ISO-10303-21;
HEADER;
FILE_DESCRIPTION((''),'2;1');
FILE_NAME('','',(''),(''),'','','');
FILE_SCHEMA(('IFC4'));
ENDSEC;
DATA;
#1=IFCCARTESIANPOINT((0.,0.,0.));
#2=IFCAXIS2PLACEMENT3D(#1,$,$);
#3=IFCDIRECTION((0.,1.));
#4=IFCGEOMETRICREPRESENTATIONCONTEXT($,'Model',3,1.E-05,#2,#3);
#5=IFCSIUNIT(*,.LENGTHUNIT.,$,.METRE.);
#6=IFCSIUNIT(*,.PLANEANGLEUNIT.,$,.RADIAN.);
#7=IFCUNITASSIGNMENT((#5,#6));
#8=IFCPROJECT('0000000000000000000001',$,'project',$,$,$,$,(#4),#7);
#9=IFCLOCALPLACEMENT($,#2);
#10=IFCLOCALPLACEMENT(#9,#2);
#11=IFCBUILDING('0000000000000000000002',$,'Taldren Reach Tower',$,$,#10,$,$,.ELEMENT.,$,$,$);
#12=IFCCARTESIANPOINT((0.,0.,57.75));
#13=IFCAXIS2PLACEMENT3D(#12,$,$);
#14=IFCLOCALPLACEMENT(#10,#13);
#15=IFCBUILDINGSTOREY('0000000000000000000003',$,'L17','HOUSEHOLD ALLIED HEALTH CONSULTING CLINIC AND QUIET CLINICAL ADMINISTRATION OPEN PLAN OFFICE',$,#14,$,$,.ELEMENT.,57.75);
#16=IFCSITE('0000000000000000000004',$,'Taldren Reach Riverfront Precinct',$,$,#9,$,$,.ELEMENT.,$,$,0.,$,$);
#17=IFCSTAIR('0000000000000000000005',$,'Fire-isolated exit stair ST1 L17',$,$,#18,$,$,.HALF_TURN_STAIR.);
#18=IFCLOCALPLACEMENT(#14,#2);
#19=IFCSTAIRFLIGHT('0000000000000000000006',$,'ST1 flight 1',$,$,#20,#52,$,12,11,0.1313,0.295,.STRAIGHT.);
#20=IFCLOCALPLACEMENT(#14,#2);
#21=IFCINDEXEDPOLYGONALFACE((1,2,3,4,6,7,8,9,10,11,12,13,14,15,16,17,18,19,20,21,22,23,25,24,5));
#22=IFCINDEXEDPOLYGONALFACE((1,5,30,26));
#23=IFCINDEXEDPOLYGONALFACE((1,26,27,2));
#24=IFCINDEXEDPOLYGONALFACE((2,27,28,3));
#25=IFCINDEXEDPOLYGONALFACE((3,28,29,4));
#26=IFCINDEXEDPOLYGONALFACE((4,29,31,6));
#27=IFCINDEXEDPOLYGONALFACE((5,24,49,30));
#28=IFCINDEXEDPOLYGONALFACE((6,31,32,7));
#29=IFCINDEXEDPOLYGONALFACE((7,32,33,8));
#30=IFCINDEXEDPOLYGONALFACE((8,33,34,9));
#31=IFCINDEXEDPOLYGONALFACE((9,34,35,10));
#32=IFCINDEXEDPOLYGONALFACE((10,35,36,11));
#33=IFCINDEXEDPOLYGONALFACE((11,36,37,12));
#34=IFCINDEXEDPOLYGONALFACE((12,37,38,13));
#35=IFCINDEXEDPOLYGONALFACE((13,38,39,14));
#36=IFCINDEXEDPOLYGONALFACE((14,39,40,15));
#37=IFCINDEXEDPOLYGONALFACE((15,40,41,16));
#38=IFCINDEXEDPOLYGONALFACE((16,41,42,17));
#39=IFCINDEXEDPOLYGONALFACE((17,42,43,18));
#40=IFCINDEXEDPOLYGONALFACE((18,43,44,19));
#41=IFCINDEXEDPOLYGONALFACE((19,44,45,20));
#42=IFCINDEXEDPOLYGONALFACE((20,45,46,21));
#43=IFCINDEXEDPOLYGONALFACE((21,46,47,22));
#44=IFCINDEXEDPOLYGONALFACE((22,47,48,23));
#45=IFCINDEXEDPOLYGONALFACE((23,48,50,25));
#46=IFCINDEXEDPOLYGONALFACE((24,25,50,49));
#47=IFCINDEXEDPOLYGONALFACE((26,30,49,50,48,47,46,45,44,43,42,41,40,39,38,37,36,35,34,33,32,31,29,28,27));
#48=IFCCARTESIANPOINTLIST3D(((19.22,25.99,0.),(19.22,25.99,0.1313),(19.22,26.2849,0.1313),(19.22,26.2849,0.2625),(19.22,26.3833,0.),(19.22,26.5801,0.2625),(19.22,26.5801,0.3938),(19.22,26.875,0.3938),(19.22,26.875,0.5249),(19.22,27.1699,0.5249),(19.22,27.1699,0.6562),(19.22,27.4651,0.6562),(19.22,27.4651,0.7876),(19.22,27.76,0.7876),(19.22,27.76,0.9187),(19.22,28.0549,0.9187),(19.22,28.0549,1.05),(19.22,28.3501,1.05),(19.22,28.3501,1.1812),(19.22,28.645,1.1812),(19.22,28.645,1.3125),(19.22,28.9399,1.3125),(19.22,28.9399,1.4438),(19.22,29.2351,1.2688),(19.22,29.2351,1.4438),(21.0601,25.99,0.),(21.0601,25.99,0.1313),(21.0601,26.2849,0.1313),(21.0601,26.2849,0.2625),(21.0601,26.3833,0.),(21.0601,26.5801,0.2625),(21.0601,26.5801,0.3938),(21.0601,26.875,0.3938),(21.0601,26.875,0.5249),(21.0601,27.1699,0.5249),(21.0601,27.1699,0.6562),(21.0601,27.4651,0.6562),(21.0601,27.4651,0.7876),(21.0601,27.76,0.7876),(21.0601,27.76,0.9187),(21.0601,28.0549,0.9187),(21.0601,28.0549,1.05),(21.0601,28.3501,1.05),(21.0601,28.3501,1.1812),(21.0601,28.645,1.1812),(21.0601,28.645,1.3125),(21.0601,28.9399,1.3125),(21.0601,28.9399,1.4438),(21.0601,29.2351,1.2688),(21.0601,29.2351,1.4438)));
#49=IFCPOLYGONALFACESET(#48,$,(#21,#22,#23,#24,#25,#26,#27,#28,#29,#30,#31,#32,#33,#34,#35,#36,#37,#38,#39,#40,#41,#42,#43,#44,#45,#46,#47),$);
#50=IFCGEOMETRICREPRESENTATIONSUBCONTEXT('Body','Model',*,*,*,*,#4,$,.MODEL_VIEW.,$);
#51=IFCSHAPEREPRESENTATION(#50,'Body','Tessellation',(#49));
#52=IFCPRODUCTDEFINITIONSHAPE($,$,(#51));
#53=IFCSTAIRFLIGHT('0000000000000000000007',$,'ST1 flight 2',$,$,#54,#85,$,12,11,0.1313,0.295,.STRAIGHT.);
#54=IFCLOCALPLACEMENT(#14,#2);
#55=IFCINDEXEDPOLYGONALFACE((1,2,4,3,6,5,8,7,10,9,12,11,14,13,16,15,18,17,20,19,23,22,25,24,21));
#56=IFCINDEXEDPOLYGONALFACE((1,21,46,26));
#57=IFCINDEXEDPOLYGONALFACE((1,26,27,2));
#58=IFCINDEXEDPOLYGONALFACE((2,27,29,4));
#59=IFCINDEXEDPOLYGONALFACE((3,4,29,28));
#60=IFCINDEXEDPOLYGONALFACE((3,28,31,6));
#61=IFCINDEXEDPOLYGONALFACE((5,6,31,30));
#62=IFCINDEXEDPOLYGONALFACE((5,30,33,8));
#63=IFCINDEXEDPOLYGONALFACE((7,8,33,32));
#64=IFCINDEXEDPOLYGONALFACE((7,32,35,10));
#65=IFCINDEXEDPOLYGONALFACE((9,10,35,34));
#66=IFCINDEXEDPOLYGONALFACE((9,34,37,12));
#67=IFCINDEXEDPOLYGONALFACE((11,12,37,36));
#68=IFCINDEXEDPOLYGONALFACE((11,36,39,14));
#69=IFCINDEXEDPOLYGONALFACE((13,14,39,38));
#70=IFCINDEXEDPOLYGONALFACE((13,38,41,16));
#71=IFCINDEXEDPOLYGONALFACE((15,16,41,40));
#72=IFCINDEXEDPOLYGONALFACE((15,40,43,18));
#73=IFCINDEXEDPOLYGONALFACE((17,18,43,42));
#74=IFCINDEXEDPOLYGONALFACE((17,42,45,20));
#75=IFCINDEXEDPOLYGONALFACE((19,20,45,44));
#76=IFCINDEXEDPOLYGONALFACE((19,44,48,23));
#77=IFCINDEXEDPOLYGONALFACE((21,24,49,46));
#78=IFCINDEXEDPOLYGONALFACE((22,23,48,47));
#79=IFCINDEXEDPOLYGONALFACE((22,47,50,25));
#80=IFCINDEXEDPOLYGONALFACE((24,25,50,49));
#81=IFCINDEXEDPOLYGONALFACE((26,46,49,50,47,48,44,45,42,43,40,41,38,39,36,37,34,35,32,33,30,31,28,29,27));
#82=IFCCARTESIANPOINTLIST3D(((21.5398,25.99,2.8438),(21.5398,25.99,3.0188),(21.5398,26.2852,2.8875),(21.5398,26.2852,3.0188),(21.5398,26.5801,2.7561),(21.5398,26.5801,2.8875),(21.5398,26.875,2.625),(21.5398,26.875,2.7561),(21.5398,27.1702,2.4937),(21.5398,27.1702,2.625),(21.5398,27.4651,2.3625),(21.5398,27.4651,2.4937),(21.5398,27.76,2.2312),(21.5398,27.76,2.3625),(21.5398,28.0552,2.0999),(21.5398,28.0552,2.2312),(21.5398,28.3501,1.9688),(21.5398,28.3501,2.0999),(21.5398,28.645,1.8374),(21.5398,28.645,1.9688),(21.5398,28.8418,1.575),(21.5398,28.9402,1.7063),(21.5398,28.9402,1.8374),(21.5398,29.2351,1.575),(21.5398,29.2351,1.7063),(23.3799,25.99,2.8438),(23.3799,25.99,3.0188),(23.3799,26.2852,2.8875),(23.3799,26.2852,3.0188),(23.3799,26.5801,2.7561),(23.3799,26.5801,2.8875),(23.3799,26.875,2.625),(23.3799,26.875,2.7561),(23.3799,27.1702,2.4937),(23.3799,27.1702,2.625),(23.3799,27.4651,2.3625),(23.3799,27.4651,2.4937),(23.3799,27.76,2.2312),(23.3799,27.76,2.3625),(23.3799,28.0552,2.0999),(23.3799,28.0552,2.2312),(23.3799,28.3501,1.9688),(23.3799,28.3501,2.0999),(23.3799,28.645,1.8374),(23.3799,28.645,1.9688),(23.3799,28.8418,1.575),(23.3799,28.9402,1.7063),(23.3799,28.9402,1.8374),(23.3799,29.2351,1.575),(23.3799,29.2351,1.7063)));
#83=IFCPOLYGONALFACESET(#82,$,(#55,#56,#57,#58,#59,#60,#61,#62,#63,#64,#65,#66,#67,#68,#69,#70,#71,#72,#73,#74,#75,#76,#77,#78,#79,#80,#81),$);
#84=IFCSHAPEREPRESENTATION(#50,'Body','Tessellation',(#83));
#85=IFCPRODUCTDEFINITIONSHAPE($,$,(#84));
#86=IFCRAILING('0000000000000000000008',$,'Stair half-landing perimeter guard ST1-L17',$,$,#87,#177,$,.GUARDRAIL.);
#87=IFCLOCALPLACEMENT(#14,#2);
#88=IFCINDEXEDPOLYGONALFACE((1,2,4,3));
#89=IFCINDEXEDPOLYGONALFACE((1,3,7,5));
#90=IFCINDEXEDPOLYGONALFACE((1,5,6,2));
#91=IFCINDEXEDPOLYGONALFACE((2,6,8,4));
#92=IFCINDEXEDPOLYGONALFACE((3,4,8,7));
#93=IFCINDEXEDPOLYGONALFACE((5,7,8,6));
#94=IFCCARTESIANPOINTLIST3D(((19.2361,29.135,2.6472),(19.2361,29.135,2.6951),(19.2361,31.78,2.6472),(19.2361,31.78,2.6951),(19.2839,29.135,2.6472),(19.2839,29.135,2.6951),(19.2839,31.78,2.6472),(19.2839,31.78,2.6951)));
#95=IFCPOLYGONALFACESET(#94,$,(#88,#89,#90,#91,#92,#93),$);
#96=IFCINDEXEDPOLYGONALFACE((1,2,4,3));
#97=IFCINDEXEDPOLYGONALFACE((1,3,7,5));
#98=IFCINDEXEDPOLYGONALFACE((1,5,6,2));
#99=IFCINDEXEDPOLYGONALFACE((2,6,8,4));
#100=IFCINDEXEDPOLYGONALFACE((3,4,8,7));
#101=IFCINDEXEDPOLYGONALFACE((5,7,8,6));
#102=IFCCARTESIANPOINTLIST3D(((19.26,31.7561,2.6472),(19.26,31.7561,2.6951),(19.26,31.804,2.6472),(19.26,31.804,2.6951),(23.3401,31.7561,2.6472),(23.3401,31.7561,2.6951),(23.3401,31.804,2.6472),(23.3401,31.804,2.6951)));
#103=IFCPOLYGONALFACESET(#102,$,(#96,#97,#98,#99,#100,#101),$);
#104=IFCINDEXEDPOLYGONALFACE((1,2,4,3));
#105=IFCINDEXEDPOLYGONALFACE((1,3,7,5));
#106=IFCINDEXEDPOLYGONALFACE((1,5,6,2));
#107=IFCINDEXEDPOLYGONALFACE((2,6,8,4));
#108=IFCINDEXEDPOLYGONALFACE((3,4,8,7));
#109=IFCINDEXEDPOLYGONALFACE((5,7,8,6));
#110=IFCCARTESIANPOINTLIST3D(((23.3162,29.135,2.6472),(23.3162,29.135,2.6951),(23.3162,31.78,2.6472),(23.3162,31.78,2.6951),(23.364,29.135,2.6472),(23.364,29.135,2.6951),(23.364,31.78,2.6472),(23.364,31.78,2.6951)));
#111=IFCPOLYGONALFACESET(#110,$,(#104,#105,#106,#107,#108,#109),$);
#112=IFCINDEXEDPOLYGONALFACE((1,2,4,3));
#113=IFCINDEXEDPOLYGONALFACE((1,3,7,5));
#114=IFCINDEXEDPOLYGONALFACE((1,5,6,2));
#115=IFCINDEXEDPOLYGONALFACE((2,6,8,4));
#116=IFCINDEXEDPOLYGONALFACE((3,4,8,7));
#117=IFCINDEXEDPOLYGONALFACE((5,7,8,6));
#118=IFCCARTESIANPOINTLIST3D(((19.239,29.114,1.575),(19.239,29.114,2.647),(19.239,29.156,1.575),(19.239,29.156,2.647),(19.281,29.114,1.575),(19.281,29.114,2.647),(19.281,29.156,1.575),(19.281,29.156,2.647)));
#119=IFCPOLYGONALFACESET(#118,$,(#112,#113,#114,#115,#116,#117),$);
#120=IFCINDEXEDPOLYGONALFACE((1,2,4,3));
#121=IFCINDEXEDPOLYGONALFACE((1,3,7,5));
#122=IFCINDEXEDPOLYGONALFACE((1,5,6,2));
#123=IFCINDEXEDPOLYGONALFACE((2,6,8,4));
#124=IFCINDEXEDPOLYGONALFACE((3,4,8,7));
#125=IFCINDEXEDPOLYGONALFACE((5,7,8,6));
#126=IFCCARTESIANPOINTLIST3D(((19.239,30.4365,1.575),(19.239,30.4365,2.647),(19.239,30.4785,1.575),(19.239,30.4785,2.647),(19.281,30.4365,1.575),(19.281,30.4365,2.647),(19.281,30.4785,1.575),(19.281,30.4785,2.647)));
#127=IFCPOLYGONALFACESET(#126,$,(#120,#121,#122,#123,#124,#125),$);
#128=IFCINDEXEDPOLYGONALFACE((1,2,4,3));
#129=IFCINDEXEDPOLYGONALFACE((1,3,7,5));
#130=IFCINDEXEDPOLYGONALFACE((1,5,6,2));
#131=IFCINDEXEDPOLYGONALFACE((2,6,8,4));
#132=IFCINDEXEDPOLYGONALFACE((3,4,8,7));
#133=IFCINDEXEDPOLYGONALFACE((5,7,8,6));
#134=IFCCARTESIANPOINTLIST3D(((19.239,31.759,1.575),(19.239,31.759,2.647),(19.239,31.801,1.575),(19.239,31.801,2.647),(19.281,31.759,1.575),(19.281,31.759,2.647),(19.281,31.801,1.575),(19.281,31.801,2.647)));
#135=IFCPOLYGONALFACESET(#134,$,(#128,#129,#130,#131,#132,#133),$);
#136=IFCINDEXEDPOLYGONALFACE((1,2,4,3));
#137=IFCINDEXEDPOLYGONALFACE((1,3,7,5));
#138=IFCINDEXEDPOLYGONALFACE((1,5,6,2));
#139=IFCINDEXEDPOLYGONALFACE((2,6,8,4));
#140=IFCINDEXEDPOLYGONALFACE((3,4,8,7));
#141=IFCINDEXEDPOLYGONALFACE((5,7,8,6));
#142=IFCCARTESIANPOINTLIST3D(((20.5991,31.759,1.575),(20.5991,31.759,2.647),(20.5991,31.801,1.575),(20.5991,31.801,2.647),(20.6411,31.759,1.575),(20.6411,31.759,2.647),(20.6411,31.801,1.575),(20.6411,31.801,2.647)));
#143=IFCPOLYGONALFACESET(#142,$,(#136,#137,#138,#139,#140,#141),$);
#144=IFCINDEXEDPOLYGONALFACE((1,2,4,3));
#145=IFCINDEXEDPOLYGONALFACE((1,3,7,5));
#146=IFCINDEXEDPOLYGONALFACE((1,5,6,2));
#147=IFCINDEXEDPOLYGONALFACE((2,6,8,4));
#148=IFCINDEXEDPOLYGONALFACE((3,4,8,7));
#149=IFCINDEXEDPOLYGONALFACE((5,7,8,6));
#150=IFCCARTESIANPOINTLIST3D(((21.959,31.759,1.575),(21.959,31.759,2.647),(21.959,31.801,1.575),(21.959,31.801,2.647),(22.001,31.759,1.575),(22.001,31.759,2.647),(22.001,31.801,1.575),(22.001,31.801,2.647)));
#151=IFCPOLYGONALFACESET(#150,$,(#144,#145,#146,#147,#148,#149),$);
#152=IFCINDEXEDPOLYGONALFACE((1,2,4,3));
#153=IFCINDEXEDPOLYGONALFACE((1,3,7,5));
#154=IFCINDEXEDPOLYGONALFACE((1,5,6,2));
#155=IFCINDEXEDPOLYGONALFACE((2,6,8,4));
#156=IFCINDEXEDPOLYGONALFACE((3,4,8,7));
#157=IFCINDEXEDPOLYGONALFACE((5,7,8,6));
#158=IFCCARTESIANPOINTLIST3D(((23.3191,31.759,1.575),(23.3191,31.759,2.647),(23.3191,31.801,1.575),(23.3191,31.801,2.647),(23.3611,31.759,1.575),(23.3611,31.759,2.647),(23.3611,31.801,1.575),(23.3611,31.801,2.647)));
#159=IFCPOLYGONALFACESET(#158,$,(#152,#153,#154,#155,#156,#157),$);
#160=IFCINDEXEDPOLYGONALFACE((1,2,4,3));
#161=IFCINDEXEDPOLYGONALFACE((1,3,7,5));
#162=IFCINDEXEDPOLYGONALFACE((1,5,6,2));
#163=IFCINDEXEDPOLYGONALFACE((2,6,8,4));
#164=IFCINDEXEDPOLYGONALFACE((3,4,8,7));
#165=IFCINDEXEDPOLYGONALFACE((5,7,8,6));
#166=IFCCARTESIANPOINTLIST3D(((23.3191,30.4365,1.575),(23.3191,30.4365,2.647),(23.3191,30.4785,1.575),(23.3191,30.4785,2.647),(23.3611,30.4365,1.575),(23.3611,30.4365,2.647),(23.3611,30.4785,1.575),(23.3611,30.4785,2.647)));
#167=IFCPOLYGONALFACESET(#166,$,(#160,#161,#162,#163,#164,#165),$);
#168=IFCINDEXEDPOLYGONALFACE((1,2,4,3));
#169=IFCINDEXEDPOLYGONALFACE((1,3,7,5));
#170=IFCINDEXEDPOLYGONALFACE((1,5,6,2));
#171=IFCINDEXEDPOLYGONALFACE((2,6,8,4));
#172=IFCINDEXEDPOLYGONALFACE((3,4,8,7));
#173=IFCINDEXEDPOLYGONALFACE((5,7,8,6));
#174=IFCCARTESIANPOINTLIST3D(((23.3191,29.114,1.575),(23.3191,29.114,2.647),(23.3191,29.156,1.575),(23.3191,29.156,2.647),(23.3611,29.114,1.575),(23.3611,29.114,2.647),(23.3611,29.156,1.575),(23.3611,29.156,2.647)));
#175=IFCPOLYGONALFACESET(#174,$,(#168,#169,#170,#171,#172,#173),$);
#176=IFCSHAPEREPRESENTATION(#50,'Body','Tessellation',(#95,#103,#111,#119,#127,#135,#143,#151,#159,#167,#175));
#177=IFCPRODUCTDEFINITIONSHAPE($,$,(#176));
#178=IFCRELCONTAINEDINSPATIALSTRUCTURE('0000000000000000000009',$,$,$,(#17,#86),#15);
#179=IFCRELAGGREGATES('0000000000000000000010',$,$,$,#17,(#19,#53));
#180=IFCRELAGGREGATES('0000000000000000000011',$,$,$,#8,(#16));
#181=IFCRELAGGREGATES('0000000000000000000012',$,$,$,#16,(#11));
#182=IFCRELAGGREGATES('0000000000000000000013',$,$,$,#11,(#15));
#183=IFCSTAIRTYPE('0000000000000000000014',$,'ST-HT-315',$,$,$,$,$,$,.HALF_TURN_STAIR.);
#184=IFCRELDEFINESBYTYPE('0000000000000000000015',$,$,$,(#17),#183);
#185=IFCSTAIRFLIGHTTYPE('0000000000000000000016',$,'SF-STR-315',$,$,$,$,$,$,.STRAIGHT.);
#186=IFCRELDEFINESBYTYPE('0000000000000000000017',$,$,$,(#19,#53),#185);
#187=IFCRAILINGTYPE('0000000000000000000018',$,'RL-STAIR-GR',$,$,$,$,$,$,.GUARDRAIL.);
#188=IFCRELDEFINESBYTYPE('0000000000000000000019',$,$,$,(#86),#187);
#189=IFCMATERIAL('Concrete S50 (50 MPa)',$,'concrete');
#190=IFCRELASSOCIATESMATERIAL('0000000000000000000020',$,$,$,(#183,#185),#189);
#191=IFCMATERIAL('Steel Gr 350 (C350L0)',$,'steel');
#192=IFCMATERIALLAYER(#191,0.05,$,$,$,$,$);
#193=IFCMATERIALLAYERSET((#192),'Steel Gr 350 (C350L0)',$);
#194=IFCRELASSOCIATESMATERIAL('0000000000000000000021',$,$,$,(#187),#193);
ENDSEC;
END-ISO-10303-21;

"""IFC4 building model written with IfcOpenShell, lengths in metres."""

from ifc_helpers import new_model, si_unit, direction, frame, origin, origin_2d, place, context, subcontext, project, spatial, polyline, rectangle, outline, extrude, material, layer, layer_set, type_object, element, aggregate, save


model = new_model("IFC4")

# Units and contexts
model_context = context("Model", 3, precision=1e-05, world=origin(), true_north=direction((0.0, 1.0)))
body_context = subcontext(model_context, "Body", "Model", "MODEL_VIEW")
ifc_project = project(units=[si_unit("LENGTHUNIT", "METRE"), si_unit("PLANEANGLEUNIT", "RADIAN")], contexts=[model_context])

# Site, building, storey
site_placement = place(None, origin())
site = spatial("IfcSite", under=ifc_project, at=site_placement, Name="Taldren Reach Riverfront Precinct", CompositionType="ELEMENT", RefElevation=0.0)
building_placement = place(site_placement, origin())
building = spatial("IfcBuilding", under=site, at=building_placement, Name="Taldren Reach Tower", CompositionType="ELEMENT")
storey_placement = place(building_placement, frame((0.0, 0.0, 57.75)))
storey = spatial("IfcBuildingStorey", under=building, at=storey_placement, Name="L17", Description="HOUSEHOLD ALLIED HEALTH CONSULTING CLINIC AND QUIET CLINICAL ADMINISTRATION OPEN PLAN OFFICE", CompositionType="ELEMENT", Elevation=57.75)

# Shared definitions
ifc_material_1 = material(Name="Steel Gr 350 (C350L0)", Category="steel")

# Shared definitions
ifc_material_2 = material(Name="Concrete S50 (50 MPa)", Category="concrete")

# Stair, stair flights
stair_type = type_object("IfcStairType", Name="ST-HT-315", PredefinedType="HALF_TURN_STAIR", material=ifc_material_2)
stair_placement = place(storey_placement, origin())
stair = element("IfcStair", 1, at=stair_placement, inside=storey, type_object=stair_type, Name="Fire-isolated exit stair ST1 L17", PredefinedType="HALF_TURN_STAIR")
stair_flight_type = type_object("IfcStairFlightType", Name="SF-STR-315", PredefinedType="STRAIGHT", material=ifc_material_2)
stair_flight_1_placement = place(storey_placement, frame((20.1399, 25.99, 0.0), z_axis=(0.0, 0.0, 1.0), x_axis=(0.0, 1.0, 0.0)))
stair_flight_1 = element("IfcStairFlight", 2, at=stair_flight_1_placement, type_object=stair_flight_type, Name="ST1 flight 1", NumberOfRisers=12, NumberOfTreads=11, PredefinedType="STRAIGHT", RiserHeight=0.1313, TreadLength=0.295, context=body_context, shape_type="SweptSolid", body=[
    extrude(outline(polyline([(0.0, 0.0), (0.0, 0.1313), (0.2949, 0.1313), (0.2949, 0.2625), (0.5901, 0.2625), (0.5901, 0.3938), (0.885, 0.3938), (0.885, 0.5249), (1.1799, 0.5249), (1.1799, 0.6562), (1.4751, 0.6562), (1.4751, 0.7876), (1.77, 0.7876), (1.77, 0.9187), (2.0649, 0.9187), (2.0649, 1.05), (2.3601, 1.05), (2.3601, 1.1812), (2.655, 1.1812), (2.655, 1.3125), (2.95, 1.3125), (2.95, 1.4438), (3.2451, 1.4438), (3.2451, 1.575), (3.2451, 1.2688), (0.3933, 0.0), (0.0, 0.0)])), frame((0.0, 0.9199, 0.0), z_axis=(0.0, -1.0, 0.0), x_axis=(1.0, 0.0, 0.0)), (0.0, 0.0, 1.0), 1.8401),
])
stair_flight_2_placement = place(storey_placement, frame((22.46, 29.2351, 1.575), z_axis=(0.0, 0.0, 1.0), x_axis=(0.0, -1.0, 0.0)))
stair_flight_2 = element("IfcStairFlight", 3, at=stair_flight_2_placement, type_object=stair_flight_type, Name="ST1 flight 2", NumberOfRisers=12, NumberOfTreads=11, PredefinedType="STRAIGHT", RiserHeight=0.1313, TreadLength=0.295, context=body_context, shape_type="SweptSolid", body=[
    extrude(outline(polyline([(0.0, 0.0), (0.0, 0.1313), (0.2949, 0.1313), (0.2949, 0.2625), (0.5901, 0.2625), (0.5901, 0.3938), (0.885, 0.3938), (0.885, 0.5249), (1.1799, 0.5249), (1.1799, 0.6562), (1.4751, 0.6562), (1.4751, 0.7876), (1.77, 0.7876), (1.77, 0.9187), (2.0649, 0.9187), (2.0649, 1.05), (2.3601, 1.05), (2.3601, 1.1812), (2.655, 1.1812), (2.655, 1.3125), (2.95, 1.3125), (2.95, 1.4438), (3.2451, 1.4438), (3.2451, 1.575), (3.2451, 1.2688), (0.3933, 0.0), (0.0, 0.0)])), frame((0.0, 0.9199, 0.0), z_axis=(0.0, -1.0, 0.0), x_axis=(1.0, 0.0, 0.0)), (0.0, 0.0, 1.0), 1.8401),
])
aggregate(stair, [stair_flight_1, stair_flight_2])

# Railing
ifc_layer_1 = layer(ifc_material_1, 0.05)
ifc_layer_set_1 = layer_set([ifc_layer_1], Name="Steel Gr 350 (C350L0)")
railing_type_1 = type_object("IfcRailingType", Name="RL-STAIR-GR", PredefinedType="GUARDRAIL", material=ifc_layer_set_1)
railing_1_placement = place(storey_placement, frame((19.26, 29.135, 1.575)))
element("IfcRailing", 4, at=railing_1_placement, inside=storey, type_object=railing_type_1, Name="Stair half-landing perimeter guard ST1-L17", PredefinedType="GUARDRAIL", context=body_context, shape_type="SweptSolid", body=[
    extrude(rectangle(XDim=0.0479, YDim=0.0479, at=origin_2d()), frame((0.0, 0.0, 1.0962), z_axis=(0.0, 1.0, 0.0), x_axis=(-1.0, 0.0, 0.0)), (0.0, 0.0, 1.0), 2.645),
    extrude(rectangle(XDim=0.0479, YDim=0.0479, at=origin_2d()), frame((0.0, 2.645, 1.0962), z_axis=(1.0, 0.0, 0.0), x_axis=(0.0, 1.0, 0.0)), (0.0, 0.0, 1.0), 4.0801),
    extrude(rectangle(XDim=0.0479, YDim=0.0479, at=origin_2d()), frame((4.0801, 2.645, 1.0962), z_axis=(0.0, -1.0, 0.0), x_axis=(1.0, 0.0, 0.0)), (0.0, 0.0, 1.0), 2.645),
    extrude(rectangle(XDim=0.042, YDim=0.042, at=origin_2d()), origin(), (0.0, 0.0, 1.0), 1.072),
    extrude(rectangle(XDim=0.042, YDim=0.042, at=origin_2d()), frame((0.0, 1.3225, 0.0)), (0.0, 0.0, 1.0), 1.072),
    extrude(rectangle(XDim=0.042, YDim=0.042, at=origin_2d()), frame((0.0, 2.645, 0.0)), (0.0, 0.0, 1.0), 1.072),
    extrude(rectangle(XDim=0.042, YDim=0.042, at=origin_2d()), frame((1.3601, 2.645, 0.0)), (0.0, 0.0, 1.0), 1.072),
    extrude(rectangle(XDim=0.042, YDim=0.042, at=origin_2d()), frame((2.72, 2.645, 0.0)), (0.0, 0.0, 1.0), 1.072),
    extrude(rectangle(XDim=0.042, YDim=0.042, at=origin_2d()), frame((4.0801, 2.645, 0.0)), (0.0, 0.0, 1.0), 1.072),
    extrude(rectangle(XDim=0.042, YDim=0.042, at=origin_2d()), frame((4.0801, 1.3225, 0.0)), (0.0, 0.0, 1.0), 1.072),
    extrude(rectangle(XDim=0.042, YDim=0.042, at=origin_2d()), frame((4.0801, 0.0, 0.0)), (0.0, 0.0, 1.0), 1.072),
])

save(model, "model.ifc")
